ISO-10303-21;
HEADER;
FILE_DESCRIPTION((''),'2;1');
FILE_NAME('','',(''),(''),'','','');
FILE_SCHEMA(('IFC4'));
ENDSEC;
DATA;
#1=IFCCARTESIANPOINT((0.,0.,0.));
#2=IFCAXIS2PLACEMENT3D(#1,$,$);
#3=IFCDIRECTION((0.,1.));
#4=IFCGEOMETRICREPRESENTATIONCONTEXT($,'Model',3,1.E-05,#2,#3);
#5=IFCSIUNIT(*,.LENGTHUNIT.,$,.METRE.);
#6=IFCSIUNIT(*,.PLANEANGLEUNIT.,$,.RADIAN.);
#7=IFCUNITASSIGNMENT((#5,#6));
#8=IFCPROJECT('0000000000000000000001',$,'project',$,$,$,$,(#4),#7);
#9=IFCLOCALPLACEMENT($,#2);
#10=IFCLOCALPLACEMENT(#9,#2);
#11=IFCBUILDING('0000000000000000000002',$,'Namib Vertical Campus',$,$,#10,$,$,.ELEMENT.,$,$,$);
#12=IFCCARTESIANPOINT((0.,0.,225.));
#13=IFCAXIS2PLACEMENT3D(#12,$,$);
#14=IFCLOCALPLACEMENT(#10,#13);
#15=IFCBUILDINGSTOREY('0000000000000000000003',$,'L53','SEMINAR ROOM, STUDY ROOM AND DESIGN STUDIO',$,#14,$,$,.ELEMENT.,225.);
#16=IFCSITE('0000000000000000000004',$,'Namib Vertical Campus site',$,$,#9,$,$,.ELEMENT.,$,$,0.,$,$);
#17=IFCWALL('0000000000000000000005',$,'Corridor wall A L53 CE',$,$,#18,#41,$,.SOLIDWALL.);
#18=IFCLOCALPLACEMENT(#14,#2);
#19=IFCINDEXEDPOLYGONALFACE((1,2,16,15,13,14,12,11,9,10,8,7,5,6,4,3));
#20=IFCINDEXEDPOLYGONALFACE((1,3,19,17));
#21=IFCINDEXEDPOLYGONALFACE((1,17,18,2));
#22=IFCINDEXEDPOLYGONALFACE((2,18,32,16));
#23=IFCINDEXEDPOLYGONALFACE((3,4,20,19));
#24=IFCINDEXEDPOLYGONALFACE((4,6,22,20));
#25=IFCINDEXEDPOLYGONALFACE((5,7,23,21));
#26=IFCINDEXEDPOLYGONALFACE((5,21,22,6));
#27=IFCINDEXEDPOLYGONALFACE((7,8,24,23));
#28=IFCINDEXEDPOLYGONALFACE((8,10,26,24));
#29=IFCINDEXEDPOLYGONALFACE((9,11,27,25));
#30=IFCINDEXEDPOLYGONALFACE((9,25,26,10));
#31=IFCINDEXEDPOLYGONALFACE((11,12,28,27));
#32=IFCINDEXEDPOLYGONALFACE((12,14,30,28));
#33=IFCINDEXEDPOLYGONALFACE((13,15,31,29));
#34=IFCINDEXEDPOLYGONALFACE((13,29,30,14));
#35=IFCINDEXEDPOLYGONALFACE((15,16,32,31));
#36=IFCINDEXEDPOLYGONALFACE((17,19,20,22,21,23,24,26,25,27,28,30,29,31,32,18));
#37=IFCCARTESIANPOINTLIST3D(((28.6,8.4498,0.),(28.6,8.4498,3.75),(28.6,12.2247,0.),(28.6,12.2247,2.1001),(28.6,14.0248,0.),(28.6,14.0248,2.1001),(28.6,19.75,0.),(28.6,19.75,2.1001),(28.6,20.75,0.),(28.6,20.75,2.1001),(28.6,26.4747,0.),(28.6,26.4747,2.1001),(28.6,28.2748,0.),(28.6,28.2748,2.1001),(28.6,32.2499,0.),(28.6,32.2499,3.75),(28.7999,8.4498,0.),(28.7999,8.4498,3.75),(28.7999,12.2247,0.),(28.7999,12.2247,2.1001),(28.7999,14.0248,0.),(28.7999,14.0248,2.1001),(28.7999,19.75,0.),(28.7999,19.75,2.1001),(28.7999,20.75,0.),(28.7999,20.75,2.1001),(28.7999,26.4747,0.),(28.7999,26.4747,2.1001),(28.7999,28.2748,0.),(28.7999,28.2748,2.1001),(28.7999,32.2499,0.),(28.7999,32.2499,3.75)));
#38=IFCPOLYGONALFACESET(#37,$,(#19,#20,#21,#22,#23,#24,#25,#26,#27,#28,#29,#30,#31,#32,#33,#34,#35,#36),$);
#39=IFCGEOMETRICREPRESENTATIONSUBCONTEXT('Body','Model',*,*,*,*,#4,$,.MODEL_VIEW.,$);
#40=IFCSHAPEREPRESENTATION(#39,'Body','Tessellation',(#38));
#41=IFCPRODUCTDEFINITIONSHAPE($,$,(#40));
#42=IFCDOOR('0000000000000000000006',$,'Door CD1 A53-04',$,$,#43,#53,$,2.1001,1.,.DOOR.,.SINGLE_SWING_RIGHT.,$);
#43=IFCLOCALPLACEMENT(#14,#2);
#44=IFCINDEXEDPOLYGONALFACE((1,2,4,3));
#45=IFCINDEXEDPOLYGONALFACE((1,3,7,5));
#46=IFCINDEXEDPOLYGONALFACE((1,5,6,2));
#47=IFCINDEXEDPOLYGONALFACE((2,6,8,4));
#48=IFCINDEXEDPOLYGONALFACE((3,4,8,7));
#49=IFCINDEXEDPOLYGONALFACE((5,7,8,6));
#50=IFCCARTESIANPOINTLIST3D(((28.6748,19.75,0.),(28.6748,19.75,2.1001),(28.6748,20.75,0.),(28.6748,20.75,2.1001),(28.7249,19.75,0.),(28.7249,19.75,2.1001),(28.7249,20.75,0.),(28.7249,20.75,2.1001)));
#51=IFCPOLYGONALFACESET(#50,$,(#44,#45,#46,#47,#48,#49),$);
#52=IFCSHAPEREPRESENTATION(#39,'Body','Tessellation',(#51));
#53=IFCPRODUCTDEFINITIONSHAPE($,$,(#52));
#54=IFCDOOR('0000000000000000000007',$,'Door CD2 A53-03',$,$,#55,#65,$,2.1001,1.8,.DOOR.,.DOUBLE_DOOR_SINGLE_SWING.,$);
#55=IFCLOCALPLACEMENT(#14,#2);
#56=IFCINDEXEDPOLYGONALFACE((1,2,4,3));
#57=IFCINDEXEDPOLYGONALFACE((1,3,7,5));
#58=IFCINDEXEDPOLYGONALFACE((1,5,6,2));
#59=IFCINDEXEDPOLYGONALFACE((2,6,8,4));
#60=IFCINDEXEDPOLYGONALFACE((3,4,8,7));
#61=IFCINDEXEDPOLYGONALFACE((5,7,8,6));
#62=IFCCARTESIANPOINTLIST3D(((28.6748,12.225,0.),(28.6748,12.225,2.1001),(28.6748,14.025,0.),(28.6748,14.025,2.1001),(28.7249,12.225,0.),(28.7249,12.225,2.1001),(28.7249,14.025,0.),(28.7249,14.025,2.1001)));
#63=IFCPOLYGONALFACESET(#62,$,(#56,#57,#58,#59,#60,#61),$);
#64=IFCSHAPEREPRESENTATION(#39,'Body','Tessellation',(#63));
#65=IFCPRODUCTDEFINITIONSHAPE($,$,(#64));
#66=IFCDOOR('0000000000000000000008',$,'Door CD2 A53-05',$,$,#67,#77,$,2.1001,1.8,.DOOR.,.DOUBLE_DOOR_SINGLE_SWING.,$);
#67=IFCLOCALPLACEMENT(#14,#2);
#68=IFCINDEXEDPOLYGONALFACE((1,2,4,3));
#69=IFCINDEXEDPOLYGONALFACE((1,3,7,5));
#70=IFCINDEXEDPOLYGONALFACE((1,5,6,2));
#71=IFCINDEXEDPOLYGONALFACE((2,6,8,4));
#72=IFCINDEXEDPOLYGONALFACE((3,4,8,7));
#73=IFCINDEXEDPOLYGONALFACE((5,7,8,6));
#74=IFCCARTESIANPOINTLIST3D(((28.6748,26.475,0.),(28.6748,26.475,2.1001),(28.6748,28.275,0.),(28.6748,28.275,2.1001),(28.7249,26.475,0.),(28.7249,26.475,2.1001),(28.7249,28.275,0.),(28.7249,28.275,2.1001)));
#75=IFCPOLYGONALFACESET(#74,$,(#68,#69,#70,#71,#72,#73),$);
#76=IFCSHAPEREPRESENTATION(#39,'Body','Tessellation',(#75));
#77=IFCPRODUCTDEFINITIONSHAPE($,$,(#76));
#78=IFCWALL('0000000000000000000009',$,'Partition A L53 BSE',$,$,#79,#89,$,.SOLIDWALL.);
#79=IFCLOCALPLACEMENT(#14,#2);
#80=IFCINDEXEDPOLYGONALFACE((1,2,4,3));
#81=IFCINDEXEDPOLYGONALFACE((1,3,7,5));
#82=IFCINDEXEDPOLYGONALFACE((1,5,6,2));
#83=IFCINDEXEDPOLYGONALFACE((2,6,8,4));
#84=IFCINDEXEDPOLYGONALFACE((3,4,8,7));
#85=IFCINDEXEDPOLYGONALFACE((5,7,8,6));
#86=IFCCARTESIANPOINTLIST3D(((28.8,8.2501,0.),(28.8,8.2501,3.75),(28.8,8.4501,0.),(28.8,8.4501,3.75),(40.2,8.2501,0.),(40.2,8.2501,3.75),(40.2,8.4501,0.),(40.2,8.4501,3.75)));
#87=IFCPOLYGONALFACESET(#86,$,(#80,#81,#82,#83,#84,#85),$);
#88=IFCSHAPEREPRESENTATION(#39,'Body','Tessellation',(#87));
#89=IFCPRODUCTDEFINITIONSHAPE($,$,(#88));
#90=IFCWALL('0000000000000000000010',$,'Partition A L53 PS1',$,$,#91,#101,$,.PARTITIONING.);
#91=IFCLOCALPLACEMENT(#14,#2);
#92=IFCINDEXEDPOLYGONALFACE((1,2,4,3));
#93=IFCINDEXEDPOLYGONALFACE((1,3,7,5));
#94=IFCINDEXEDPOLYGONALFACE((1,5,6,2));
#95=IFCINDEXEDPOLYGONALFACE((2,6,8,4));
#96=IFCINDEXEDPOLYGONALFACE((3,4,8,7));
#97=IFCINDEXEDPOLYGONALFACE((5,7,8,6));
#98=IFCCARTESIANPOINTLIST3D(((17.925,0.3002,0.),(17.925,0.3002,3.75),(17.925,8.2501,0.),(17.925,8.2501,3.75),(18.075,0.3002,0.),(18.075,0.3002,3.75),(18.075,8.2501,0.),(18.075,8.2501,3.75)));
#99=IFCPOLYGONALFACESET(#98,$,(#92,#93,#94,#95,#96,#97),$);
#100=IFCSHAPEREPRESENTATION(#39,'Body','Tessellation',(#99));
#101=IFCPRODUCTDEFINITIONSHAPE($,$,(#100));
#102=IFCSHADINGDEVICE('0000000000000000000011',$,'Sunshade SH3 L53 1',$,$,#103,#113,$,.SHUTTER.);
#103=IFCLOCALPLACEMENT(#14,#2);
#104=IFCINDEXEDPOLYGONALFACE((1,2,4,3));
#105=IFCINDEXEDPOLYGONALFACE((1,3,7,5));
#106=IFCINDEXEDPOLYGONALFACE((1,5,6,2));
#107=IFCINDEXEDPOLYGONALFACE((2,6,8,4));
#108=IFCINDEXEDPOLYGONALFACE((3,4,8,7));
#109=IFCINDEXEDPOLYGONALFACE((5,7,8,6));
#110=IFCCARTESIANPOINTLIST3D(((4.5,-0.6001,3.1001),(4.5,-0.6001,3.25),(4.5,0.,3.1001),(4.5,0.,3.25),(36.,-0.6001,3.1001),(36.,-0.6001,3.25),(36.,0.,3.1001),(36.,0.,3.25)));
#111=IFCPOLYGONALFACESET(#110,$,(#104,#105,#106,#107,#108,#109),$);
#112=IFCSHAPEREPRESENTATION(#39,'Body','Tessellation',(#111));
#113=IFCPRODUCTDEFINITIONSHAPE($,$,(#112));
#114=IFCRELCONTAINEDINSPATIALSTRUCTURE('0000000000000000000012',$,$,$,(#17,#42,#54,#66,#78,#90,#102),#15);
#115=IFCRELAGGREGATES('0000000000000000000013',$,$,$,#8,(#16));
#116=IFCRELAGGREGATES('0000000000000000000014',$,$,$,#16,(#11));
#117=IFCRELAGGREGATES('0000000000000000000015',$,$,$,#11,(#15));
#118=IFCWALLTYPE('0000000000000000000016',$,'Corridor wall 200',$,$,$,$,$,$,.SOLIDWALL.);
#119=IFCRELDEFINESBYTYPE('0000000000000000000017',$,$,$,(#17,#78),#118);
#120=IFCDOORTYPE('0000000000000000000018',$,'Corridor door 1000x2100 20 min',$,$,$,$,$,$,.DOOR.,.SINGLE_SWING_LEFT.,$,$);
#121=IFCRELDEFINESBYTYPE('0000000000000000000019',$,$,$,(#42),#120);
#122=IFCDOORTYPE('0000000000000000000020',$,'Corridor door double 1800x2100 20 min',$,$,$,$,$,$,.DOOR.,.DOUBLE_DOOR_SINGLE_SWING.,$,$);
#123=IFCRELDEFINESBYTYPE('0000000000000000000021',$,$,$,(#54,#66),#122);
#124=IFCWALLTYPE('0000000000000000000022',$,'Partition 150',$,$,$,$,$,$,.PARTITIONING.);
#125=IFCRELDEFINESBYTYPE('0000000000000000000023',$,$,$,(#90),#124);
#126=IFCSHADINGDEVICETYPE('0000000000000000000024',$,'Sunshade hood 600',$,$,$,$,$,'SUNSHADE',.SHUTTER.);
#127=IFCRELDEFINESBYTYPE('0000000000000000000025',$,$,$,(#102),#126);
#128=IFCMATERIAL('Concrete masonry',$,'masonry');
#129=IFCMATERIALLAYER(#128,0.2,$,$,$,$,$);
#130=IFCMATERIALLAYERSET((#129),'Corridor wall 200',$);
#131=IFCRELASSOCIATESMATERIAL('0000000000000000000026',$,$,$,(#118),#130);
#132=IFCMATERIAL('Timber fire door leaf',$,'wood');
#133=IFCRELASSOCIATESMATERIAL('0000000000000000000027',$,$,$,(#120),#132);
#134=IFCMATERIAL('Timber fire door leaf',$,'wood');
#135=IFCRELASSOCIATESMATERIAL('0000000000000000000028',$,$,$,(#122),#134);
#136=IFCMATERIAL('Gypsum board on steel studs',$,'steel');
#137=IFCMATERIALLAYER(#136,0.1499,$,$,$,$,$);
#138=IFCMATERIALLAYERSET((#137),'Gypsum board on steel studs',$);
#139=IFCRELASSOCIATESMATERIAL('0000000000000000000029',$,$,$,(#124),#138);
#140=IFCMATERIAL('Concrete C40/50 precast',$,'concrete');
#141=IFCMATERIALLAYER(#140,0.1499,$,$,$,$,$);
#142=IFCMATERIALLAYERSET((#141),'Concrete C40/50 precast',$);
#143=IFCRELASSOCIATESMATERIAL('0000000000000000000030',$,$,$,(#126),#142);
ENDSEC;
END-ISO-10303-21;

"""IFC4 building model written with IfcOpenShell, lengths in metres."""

from ifc_helpers import new_model, si_unit, direction, frame, frame_2d, origin, origin_2d, place, context, subcontext, project, spatial, rectangle, extrude, material, layer, layer_set, type_object, element, fill, save


model = new_model("IFC4")

# Units and contexts
model_context = context("Model", 3, precision=1e-05, world=origin(), true_north=direction((0.0, 1.0)))
body_context = subcontext(model_context, "Body", "Model", "MODEL_VIEW")
ifc_project = project(units=[si_unit("LENGTHUNIT", "METRE"), si_unit("PLANEANGLEUNIT", "RADIAN")], contexts=[model_context])

# Site, building, storey
site_placement = place(None, origin())
site = spatial("IfcSite", under=ifc_project, at=site_placement, Name="Namib Vertical Campus site", CompositionType="ELEMENT", RefElevation=0.0)
building_placement = place(site_placement, origin())
building = spatial("IfcBuilding", under=site, at=building_placement, Name="Namib Vertical Campus", CompositionType="ELEMENT")
storey_placement = place(building_placement, frame((0.0, 0.0, 225.0)))
storey = spatial("IfcBuildingStorey", under=building, at=storey_placement, Name="L53", Description="SEMINAR ROOM, STUDY ROOM AND DESIGN STUDIO", CompositionType="ELEMENT", Elevation=225.0)

# Wall, openings, doors
ifc_material_1 = material(Name="Concrete masonry", Category="masonry")
ifc_layer_1 = layer(ifc_material_1, 0.2)
ifc_layer_set_1 = layer_set([ifc_layer_1], Name="Corridor wall 200")
wall_type_1 = type_object("IfcWallType", Name="Corridor wall 200", PredefinedType="SOLIDWALL", material=ifc_layer_set_1)
wall_1_placement = place(storey_placement, frame((28.7, 8.45, 0.0), z_axis=(0.0, 0.0, 1.0), x_axis=(0.0, 1.0, 0.0)))
wall_1 = element("IfcWall", 1, at=wall_1_placement, inside=storey, type_object=wall_type_1, Name="Corridor wall A L53 CE", PredefinedType="SOLIDWALL", context=body_context, shape_type="SweptSolid", body=[
    extrude(rectangle(XDim=23.8, YDim=0.2, at=frame_2d((11.8999, 0.0))), origin(), (0.0, 0.0, 1.0), 3.75),
])
opening_1_placement = place(wall_1_placement, frame((3.7749, 0.0, 0.0)))
opening_1 = element("IfcOpeningElement", 2, at=opening_1_placement, cuts=wall_1, PredefinedType="OPENING", context=body_context, shape_type="SweptSolid", body=[
    extrude(rectangle(XDim=1.8, YDim=2.1001, at=frame_2d((0.8999, 1.05))), frame((0.0, 0.1099, 0.0), z_axis=(0.0, -1.0, 0.0), x_axis=(1.0, 0.0, 0.0)), (0.0, 0.0, 1.0), 0.22),
])
opening_2_placement = place(wall_1_placement, frame((11.3, 0.0, 0.0)))
opening_2 = element("IfcOpeningElement", 3, at=opening_2_placement, cuts=wall_1, PredefinedType="OPENING", context=body_context, shape_type="SweptSolid", body=[
    extrude(rectangle(XDim=1.0, YDim=2.1001, at=frame_2d((0.5, 1.05))), frame((0.0, 0.1099, 0.0), z_axis=(0.0, -1.0, 0.0), x_axis=(1.0, 0.0, 0.0)), (0.0, 0.0, 1.0), 0.22),
])
opening_3_placement = place(wall_1_placement, frame((18.0249, 0.0, 0.0)))
opening_3 = element("IfcOpeningElement", 4, at=opening_3_placement, cuts=wall_1, PredefinedType="OPENING", context=body_context, shape_type="SweptSolid", body=[
    extrude(rectangle(XDim=1.8, YDim=2.1001, at=frame_2d((0.8999, 1.05))), frame((0.0, 0.1099, 0.0), z_axis=(0.0, -1.0, 0.0), x_axis=(1.0, 0.0, 0.0)), (0.0, 0.0, 1.0), 0.22),
])
ifc_material_2 = material(Name="Timber fire door leaf", Category="wood")
door_type_1 = type_object("IfcDoorType", Name="Corridor door 1000x2100 20 min", OperationType="SINGLE_SWING_LEFT", PredefinedType="DOOR", material=ifc_material_2)
door_1_placement = place(opening_2_placement, frame((1.0, 0.0, 0.0), z_axis=(0.0, 0.0, 1.0), x_axis=(-1.0, 0.0, 0.0)))
door_1 = element("IfcDoor", 5, at=door_1_placement, inside=storey, type_object=door_type_1, Name="Door CD1 A53-04", OperationType="SINGLE_SWING_RIGHT", OverallHeight=2.1001, OverallWidth=1.0, PredefinedType="DOOR", context=body_context, shape_type="SweptSolid", body=[
    extrude(rectangle(XDim=1.0, YDim=2.1001, at=frame_2d((0.5, 1.05))), frame((0.0, 0.0249, 0.0), z_axis=(0.0, -1.0, 0.0), x_axis=(1.0, 0.0, 0.0)), (0.0, 0.0, 1.0), 0.05),
])
fill(opening_2, door_1)
ifc_material_3 = material(Name="Timber fire door leaf", Category="wood")
door_type_2 = type_object("IfcDoorType", Name="Corridor door double 1800x2100 20 min", OperationType="DOUBLE_DOOR_SINGLE_SWING", PredefinedType="DOOR", material=ifc_material_3)
door_2_placement = place(opening_1_placement, frame((1.8, 0.0, 0.0), z_axis=(0.0, 0.0, 1.0), x_axis=(-1.0, 0.0, 0.0)))
door_2 = element("IfcDoor", 6, at=door_2_placement, inside=storey, type_object=door_type_2, Name="Door CD2 A53-03", OperationType="DOUBLE_DOOR_SINGLE_SWING", OverallHeight=2.1001, OverallWidth=1.8, PredefinedType="DOOR", context=body_context, shape_type="SweptSolid", body=[
    extrude(rectangle(XDim=1.8, YDim=2.1001, at=frame_2d((0.8999, 1.05))), frame((0.0, 0.0249, 0.0), z_axis=(0.0, -1.0, 0.0), x_axis=(1.0, 0.0, 0.0)), (0.0, 0.0, 1.0), 0.05),
])
fill(opening_1, door_2)
door_3_placement = place(opening_3_placement, frame((1.8, 0.0, 0.0), z_axis=(0.0, 0.0, 1.0), x_axis=(-1.0, 0.0, 0.0)))
door_3 = element("IfcDoor", 7, at=door_3_placement, inside=storey, type_object=door_type_2, Name="Door CD2 A53-05", OperationType="DOUBLE_DOOR_SINGLE_SWING", OverallHeight=2.1001, OverallWidth=1.8, PredefinedType="DOOR", context=body_context, shape_type="SweptSolid", body=[
    extrude(rectangle(XDim=1.8, YDim=2.1001, at=frame_2d((0.8999, 1.05))), frame((0.0, 0.0249, 0.0), z_axis=(0.0, -1.0, 0.0), x_axis=(1.0, 0.0, 0.0)), (0.0, 0.0, 1.0), 0.05),
])
fill(opening_3, door_3)

# Walls
wall_2_placement = place(storey_placement, frame((28.8, 8.3501, 0.0), z_axis=(0.0, 0.0, 1.0), x_axis=(1.0, 0.0, 0.0)))
element("IfcWall", 8, at=wall_2_placement, inside=storey, type_object=wall_type_1, Name="Partition A L53 BSE", PredefinedType="SOLIDWALL", context=body_context, shape_type="SweptSolid", body=[
    extrude(rectangle(XDim=11.3999, YDim=0.2, at=frame_2d((5.7, 0.0))), origin(), (0.0, 0.0, 1.0), 3.75),
])
ifc_material_4 = material(Name="Gypsum board on steel studs", Category="steel")
ifc_layer_2 = layer(ifc_material_4, 0.1499)
ifc_layer_set_2 = layer_set([ifc_layer_2], Name="Gypsum board on steel studs")
wall_type_2 = type_object("IfcWallType", Name="Partition 150", PredefinedType="PARTITIONING", material=ifc_layer_set_2)
wall_3_placement = place(storey_placement, frame((18.0, 0.3, 0.0), z_axis=(0.0, 0.0, 1.0), x_axis=(0.0, 1.0, 0.0)))
element("IfcWall", 9, at=wall_3_placement, inside=storey, type_object=wall_type_2, Name="Partition A L53 PS1", PredefinedType="PARTITIONING", context=body_context, shape_type="SweptSolid", body=[
    extrude(rectangle(XDim=7.95, YDim=0.1499, at=frame_2d((3.9751, 0.0))), origin(), (0.0, 0.0, 1.0), 3.75),
])

# Shading device
ifc_material_5 = material(Name="Concrete C40/50 precast", Category="concrete")
ifc_layer_3 = layer(ifc_material_5, 0.1499)
ifc_layer_set_3 = layer_set([ifc_layer_3], Name="Concrete C40/50 precast")
shading_device_type = type_object("IfcShadingDeviceType", Name="Sunshade hood 600", ElementType="SUNSHADE", PredefinedType="SHUTTER", material=ifc_layer_set_3)
shading_device_placement = place(storey_placement, frame((20.25, -0.3, 3.1001), z_axis=(0.0, 0.0, 1.0), x_axis=(1.0, 0.0, 0.0)))
element("IfcShadingDevice", 10, at=shading_device_placement, inside=storey, type_object=shading_device_type, Name="Sunshade SH3 L53 1", PredefinedType="SHUTTER", context=body_context, shape_type="SweptSolid", body=[
    extrude(rectangle(XDim=31.5, YDim=0.6001, at=origin_2d()), origin(), (0.0, 0.0, 1.0), 0.1499),
])

save(model, "model.ifc")
